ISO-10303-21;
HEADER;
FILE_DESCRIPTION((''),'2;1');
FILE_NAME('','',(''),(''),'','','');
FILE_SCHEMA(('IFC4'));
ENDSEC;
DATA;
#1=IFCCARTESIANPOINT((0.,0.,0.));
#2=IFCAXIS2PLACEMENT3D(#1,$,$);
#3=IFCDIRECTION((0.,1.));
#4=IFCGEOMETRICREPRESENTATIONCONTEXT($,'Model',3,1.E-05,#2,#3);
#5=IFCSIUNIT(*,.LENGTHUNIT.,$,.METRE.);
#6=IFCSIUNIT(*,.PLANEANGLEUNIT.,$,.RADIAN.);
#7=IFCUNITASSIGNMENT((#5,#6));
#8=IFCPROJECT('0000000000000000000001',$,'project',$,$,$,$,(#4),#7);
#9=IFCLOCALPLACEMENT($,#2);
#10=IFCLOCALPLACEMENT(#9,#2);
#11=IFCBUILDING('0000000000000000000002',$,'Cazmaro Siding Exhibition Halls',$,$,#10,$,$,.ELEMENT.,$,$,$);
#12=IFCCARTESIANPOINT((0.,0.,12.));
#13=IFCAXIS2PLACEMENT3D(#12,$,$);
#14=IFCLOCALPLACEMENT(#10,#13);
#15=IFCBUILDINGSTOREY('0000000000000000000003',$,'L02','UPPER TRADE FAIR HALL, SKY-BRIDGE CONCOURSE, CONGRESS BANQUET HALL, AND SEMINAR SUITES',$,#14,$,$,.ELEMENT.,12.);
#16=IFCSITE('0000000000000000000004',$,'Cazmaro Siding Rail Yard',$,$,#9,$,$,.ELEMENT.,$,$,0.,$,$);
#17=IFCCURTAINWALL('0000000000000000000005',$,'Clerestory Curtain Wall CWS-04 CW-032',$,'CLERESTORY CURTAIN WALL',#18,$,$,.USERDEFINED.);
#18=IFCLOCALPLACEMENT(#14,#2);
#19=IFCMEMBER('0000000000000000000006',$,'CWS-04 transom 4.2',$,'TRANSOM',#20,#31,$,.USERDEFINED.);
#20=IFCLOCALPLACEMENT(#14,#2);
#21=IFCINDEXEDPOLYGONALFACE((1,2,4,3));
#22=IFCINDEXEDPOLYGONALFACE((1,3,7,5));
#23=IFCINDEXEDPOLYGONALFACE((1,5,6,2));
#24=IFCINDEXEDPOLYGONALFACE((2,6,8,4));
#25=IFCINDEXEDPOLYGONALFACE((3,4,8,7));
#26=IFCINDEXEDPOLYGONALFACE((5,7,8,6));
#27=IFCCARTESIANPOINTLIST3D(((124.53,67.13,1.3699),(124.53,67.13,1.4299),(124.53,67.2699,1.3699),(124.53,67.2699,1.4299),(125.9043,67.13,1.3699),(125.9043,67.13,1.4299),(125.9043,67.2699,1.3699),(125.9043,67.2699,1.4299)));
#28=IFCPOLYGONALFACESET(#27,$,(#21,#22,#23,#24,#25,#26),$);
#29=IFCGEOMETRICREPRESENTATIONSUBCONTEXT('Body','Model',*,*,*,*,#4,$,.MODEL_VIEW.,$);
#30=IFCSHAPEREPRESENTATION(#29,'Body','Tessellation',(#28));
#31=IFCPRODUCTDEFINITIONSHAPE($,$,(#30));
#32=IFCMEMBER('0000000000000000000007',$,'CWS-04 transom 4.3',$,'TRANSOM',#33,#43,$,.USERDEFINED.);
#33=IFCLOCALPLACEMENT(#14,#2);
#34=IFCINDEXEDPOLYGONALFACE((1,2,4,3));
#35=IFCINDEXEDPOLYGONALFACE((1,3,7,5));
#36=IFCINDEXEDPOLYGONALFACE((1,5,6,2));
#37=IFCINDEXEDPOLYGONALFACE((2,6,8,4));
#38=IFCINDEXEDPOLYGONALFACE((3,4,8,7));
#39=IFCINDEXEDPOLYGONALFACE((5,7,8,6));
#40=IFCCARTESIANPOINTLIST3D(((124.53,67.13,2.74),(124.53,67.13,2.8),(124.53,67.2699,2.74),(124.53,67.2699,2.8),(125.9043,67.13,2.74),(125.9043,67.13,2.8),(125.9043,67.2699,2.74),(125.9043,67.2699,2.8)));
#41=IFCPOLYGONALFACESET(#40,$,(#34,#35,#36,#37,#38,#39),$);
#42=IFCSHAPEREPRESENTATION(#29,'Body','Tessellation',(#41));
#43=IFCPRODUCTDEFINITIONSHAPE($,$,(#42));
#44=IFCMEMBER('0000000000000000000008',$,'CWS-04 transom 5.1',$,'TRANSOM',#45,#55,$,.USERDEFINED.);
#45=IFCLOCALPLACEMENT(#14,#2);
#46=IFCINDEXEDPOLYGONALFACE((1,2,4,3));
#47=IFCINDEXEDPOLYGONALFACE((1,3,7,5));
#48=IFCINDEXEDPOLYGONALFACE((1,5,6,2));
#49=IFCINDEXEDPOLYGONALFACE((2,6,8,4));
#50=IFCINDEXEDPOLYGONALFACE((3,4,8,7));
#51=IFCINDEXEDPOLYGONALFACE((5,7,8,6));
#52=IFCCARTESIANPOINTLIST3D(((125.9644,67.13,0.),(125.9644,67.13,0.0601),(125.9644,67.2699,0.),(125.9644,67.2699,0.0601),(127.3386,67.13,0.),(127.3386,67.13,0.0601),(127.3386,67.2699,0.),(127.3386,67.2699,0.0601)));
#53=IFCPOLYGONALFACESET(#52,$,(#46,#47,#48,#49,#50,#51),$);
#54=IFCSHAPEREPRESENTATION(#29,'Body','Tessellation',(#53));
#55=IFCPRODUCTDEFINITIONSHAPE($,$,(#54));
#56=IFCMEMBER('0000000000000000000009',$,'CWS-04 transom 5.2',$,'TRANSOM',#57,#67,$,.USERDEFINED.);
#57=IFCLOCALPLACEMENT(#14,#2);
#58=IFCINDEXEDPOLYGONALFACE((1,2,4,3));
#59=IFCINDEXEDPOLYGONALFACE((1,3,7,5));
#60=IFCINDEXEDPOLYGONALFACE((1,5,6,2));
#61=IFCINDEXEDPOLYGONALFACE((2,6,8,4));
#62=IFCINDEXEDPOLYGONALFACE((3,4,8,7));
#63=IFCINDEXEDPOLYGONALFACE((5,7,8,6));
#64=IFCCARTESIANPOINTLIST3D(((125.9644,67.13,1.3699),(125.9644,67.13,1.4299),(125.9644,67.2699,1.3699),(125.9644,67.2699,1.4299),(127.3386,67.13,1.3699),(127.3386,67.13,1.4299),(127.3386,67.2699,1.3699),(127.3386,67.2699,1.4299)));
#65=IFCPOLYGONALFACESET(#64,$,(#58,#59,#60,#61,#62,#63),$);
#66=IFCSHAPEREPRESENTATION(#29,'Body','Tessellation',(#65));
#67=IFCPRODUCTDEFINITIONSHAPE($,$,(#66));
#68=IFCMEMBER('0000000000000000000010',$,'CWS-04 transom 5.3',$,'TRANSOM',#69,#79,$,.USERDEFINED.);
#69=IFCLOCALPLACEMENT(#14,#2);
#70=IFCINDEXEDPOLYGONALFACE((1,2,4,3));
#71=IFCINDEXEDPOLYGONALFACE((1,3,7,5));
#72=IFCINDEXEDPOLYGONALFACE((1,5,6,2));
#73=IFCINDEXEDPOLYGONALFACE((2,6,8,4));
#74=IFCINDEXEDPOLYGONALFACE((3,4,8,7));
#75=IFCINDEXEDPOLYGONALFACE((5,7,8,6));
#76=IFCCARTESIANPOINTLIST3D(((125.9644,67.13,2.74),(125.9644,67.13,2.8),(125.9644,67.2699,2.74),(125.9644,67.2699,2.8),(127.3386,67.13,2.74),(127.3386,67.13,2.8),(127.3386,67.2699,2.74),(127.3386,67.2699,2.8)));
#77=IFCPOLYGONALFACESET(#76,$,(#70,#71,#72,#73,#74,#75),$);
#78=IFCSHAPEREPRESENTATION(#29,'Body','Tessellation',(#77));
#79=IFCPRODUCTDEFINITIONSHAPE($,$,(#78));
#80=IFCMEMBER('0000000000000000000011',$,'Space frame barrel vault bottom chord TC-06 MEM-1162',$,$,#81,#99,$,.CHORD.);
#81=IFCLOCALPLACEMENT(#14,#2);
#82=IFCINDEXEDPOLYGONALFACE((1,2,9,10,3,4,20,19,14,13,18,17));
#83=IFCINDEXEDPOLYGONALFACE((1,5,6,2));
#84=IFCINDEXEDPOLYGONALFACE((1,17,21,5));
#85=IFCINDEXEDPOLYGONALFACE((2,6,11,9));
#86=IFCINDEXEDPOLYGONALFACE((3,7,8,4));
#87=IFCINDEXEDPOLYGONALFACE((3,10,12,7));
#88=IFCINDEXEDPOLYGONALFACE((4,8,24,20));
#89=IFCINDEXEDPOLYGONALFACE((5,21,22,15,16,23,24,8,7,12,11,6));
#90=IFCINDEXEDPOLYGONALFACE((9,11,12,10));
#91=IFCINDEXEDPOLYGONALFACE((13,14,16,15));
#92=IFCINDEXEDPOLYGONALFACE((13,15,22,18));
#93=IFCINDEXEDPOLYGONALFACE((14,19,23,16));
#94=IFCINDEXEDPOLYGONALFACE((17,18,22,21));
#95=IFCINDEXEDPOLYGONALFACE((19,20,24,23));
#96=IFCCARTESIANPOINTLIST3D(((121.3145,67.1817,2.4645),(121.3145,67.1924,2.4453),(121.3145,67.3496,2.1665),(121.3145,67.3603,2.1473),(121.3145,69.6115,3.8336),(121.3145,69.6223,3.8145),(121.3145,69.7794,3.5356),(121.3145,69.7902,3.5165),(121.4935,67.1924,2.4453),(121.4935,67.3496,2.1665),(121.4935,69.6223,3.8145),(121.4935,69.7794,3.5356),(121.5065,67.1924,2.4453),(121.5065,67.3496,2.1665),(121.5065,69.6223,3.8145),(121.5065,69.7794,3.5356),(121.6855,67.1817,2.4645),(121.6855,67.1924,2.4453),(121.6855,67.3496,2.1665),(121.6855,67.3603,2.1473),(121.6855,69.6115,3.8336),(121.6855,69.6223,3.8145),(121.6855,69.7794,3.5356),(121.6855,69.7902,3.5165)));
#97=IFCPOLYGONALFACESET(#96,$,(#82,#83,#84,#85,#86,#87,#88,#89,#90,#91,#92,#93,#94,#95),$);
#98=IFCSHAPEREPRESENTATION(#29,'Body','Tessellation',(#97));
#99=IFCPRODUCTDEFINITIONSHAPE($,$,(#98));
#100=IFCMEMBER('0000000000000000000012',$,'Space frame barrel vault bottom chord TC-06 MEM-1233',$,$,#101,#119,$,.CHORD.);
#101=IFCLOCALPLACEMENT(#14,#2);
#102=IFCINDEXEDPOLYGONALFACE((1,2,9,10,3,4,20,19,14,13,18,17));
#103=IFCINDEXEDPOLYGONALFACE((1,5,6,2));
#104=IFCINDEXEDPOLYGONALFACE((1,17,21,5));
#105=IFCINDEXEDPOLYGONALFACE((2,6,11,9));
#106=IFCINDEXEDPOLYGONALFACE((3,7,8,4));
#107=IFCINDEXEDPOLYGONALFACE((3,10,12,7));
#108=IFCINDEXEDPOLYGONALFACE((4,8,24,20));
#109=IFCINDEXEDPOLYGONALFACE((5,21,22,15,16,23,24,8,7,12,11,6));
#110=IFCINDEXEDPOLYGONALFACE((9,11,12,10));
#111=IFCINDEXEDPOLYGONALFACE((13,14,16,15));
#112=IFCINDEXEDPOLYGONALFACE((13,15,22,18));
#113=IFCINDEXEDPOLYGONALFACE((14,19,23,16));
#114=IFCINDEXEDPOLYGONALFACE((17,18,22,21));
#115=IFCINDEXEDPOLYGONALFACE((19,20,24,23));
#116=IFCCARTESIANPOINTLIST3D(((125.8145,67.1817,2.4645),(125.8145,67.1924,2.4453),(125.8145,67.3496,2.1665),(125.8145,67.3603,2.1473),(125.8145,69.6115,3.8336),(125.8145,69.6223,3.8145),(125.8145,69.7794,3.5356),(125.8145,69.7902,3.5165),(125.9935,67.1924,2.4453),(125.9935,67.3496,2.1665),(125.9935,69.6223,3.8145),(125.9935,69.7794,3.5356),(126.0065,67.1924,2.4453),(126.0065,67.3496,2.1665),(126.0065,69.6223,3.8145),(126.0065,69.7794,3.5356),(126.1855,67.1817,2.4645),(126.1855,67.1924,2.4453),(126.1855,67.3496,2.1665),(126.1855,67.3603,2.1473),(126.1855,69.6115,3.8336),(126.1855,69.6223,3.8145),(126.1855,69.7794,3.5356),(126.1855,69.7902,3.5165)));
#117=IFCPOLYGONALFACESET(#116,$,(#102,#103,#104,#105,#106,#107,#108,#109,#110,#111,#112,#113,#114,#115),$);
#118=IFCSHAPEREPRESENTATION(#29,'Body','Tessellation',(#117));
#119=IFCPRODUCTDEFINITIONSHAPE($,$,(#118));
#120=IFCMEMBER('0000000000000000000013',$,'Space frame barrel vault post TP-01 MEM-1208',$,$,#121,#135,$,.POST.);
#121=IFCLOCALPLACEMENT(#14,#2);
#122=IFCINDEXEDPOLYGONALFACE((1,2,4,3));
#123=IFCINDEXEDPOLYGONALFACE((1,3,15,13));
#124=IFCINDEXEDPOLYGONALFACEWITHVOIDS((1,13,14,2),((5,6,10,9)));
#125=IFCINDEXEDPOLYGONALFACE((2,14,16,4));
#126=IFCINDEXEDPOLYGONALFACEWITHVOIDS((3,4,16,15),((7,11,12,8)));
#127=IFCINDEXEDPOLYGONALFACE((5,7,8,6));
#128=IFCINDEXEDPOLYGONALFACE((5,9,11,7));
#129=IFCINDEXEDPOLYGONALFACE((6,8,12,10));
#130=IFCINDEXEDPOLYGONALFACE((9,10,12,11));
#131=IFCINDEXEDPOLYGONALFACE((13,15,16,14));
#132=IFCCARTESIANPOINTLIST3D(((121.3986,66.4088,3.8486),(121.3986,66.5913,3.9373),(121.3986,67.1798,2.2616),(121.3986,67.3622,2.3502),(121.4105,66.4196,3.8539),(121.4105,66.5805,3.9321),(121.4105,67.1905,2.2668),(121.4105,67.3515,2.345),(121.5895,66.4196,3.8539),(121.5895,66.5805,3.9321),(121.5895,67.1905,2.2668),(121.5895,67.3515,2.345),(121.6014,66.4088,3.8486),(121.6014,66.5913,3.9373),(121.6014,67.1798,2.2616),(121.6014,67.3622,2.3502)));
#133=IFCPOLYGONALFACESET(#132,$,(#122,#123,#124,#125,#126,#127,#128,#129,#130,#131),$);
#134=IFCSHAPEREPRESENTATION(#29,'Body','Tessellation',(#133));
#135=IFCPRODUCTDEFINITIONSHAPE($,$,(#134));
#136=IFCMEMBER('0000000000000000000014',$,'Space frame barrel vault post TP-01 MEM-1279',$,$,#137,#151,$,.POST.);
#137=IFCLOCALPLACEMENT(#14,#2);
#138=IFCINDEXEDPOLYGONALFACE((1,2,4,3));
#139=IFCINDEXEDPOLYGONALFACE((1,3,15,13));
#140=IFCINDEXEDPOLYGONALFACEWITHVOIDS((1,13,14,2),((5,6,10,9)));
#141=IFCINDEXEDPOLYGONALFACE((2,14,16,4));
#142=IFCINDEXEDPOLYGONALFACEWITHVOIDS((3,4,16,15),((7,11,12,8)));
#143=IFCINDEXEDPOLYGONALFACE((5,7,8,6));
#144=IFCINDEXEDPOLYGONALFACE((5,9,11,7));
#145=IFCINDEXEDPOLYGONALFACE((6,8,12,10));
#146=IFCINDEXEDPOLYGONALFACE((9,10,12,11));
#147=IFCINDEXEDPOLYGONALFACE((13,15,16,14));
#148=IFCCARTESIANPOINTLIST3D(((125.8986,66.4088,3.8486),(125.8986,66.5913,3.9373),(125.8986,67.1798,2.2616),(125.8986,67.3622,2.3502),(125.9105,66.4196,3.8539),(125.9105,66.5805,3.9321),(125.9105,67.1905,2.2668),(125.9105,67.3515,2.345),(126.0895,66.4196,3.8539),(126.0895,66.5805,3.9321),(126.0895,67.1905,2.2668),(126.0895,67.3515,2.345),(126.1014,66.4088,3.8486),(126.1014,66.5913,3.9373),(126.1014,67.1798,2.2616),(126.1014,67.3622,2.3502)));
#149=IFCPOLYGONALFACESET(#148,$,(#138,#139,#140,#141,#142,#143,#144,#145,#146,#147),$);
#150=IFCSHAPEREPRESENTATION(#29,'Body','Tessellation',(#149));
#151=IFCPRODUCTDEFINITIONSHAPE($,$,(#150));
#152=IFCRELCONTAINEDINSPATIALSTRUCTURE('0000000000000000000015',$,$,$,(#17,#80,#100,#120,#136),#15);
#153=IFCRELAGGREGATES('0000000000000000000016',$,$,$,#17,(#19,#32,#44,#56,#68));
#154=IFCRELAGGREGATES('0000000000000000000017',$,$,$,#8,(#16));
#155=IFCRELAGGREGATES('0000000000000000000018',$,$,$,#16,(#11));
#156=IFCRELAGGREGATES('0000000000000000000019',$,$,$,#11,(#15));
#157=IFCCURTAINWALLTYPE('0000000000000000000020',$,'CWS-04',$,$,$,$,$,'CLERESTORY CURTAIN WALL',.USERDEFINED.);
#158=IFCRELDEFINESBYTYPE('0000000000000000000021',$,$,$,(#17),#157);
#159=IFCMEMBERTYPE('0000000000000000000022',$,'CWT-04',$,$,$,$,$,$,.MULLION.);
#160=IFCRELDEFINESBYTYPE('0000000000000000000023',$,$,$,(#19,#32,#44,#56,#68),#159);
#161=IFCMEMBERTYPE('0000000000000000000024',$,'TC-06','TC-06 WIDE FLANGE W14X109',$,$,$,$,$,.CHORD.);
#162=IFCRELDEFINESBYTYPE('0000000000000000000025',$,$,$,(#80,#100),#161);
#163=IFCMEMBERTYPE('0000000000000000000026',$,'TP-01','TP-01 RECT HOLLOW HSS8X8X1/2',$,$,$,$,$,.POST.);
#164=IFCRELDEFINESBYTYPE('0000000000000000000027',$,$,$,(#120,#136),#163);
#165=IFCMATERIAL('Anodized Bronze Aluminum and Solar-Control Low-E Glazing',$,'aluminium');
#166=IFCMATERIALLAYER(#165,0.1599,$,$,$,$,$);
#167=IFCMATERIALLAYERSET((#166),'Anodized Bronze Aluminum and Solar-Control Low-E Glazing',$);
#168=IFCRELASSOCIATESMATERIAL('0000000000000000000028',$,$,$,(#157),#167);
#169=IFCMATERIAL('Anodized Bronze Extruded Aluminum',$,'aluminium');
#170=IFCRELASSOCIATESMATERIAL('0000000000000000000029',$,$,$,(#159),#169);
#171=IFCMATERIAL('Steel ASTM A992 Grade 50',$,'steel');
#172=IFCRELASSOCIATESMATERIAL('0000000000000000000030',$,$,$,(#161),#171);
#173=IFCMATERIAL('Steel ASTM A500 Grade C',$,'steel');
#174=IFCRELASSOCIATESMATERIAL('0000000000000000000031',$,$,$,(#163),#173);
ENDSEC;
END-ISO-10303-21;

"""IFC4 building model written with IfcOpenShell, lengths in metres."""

from ifc_helpers import new_model, si_unit, direction, frame, origin, origin_2d, place, context, subcontext, project, spatial, rectangle, hollow_rectangle, i_section, extrude, material, layer, layer_set, material_profile, profile_set, type_object, element, aggregate, save


model = new_model("IFC4")

# Units and contexts
model_context = context("Model", 3, precision=1e-05, world=origin(), true_north=direction((0.0, 1.0)))
body_context = subcontext(model_context, "Body", "Model", "MODEL_VIEW")
ifc_project = project(units=[si_unit("LENGTHUNIT", "METRE"), si_unit("PLANEANGLEUNIT", "RADIAN")], contexts=[model_context])

# Site, building, storey
site_placement = place(None, origin())
site = spatial("IfcSite", under=ifc_project, at=site_placement, Name="Cazmaro Siding Rail Yard", CompositionType="ELEMENT", RefElevation=0.0)
building_placement = place(site_placement, origin())
building = spatial("IfcBuilding", under=site, at=building_placement, Name="Cazmaro Siding Exhibition Halls", CompositionType="ELEMENT")
storey_placement = place(building_placement, frame((0.0, 0.0, 12.0)))
storey = spatial("IfcBuildingStorey", under=building, at=storey_placement, Name="L02", Description="UPPER TRADE FAIR HALL, SKY-BRIDGE CONCOURSE, CONGRESS BANQUET HALL, AND SEMINAR SUITES", CompositionType="ELEMENT", Elevation=12.0)

# Curtain wall, members
ifc_material_1 = material(Name="Anodized Bronze Aluminum and Solar-Control Low-E Glazing", Category="aluminium")
ifc_layer_1 = layer(ifc_material_1, 0.1599)
ifc_layer_set_1 = layer_set([ifc_layer_1], Name="Anodized Bronze Aluminum and Solar-Control Low-E Glazing")
curtain_wall_type = type_object("IfcCurtainWallType", Name="CWS-04", ElementType="CLERESTORY CURTAIN WALL", PredefinedType="USERDEFINED", material=ifc_layer_set_1)
curtain_wall_placement = place(storey_placement, origin())
curtain_wall = element("IfcCurtainWall", 1, at=curtain_wall_placement, inside=storey, type_object=curtain_wall_type, Name="Clerestory Curtain Wall CWS-04 CW-032", ObjectType="CLERESTORY CURTAIN WALL", PredefinedType="USERDEFINED")
ifc_material_2 = material(Name="Anodized Bronze Extruded Aluminum", Category="aluminium")
ifc_material_profile_1 = material_profile(ifc_material_2, rectangle(XDim=0.1399, YDim=0.0601, at=origin_2d()), Name="CWT-04")
ifc_profile_set_1 = profile_set([ifc_material_profile_1], Name="Anodized Bronze Extruded Aluminum")
member_type_1 = type_object("IfcMemberType", Name="CWT-04", PredefinedType="MULLION", material=ifc_profile_set_1)
member_1_placement = place(storey_placement, frame((124.53, 67.2, 1.3999), z_axis=(1.0, 0.0, 0.0), x_axis=(0.0, 1.0, 0.0)))
member_1 = element("IfcMember", 2, at=member_1_placement, type_object=member_type_1, Name="CWS-04 transom 4.2", ObjectType="TRANSOM", PredefinedType="USERDEFINED", context=body_context, shape_type="SweptSolid", body=[
    extrude(rectangle(XDim=0.1399, YDim=0.0601, at=origin_2d()), origin(), (0.0, 0.0, 1.0), 1.3743),
])
member_2_placement = place(storey_placement, frame((124.53, 67.2, 2.77), z_axis=(1.0, 0.0, 0.0), x_axis=(0.0, 1.0, 0.0)))
member_2 = element("IfcMember", 3, at=member_2_placement, type_object=member_type_1, Name="CWS-04 transom 4.3", ObjectType="TRANSOM", PredefinedType="USERDEFINED", context=body_context, shape_type="SweptSolid", body=[
    extrude(rectangle(XDim=0.1399, YDim=0.0601, at=origin_2d()), origin(), (0.0, 0.0, 1.0), 1.3743),
])
member_3_placement = place(storey_placement, frame((125.9644, 67.2, 0.03), z_axis=(1.0, 0.0, 0.0), x_axis=(0.0, 1.0, 0.0)))
member_3 = element("IfcMember", 4, at=member_3_placement, type_object=member_type_1, Name="CWS-04 transom 5.1", ObjectType="TRANSOM", PredefinedType="USERDEFINED", context=body_context, shape_type="SweptSolid", body=[
    extrude(rectangle(XDim=0.1399, YDim=0.0601, at=origin_2d()), origin(), (0.0, 0.0, 1.0), 1.3743),
])
member_4_placement = place(storey_placement, frame((125.9644, 67.2, 1.3999), z_axis=(1.0, 0.0, 0.0), x_axis=(0.0, 1.0, 0.0)))
member_4 = element("IfcMember", 5, at=member_4_placement, type_object=member_type_1, Name="CWS-04 transom 5.2", ObjectType="TRANSOM", PredefinedType="USERDEFINED", context=body_context, shape_type="SweptSolid", body=[
    extrude(rectangle(XDim=0.1399, YDim=0.0601, at=origin_2d()), origin(), (0.0, 0.0, 1.0), 1.3743),
])
member_5_placement = place(storey_placement, frame((125.9644, 67.2, 2.77), z_axis=(1.0, 0.0, 0.0), x_axis=(0.0, 1.0, 0.0)))
member_5 = element("IfcMember", 6, at=member_5_placement, type_object=member_type_1, Name="CWS-04 transom 5.3", ObjectType="TRANSOM", PredefinedType="USERDEFINED", context=body_context, shape_type="SweptSolid", body=[
    extrude(rectangle(XDim=0.1399, YDim=0.0601, at=origin_2d()), origin(), (0.0, 0.0, 1.0), 1.3743),
])

# Members
ifc_material_3 = material(Name="Steel ASTM A992 Grade 50", Category="steel")
ifc_material_profile_2 = material_profile(ifc_material_3, i_section(OverallWidth=0.3711, OverallDepth=0.364, WebThickness=0.0129, FlangeThickness=0.022, at=origin_2d()), Name="W14X109")
ifc_profile_set_2 = profile_set([ifc_material_profile_2], Name="Steel ASTM A992 Grade 50")
member_type_2 = type_object("IfcMemberType", Name="TC-06", Description="TC-06 WIDE FLANGE W14X109", PredefinedType="CHORD", material=ifc_profile_set_2)
for number, where, z_axis, x_axis, name in (
    (7, (121.5, 67.271, 2.3059), (0.0, 0.871222, 0.490889), (-1.0, 0.0, 0.0), "Space frame barrel vault bottom chord TC-06 MEM-1162"),
    (8, (126.0, 67.271, 2.3059), (0.0, 0.871222, 0.490889), (-1.0, 0.0, 0.0), "Space frame barrel vault bottom chord TC-06 MEM-1233"),
):
    element("IfcMember", number, at=place(storey_placement, frame(where, z_axis=z_axis, x_axis=x_axis)), inside=storey, type_object=member_type_2, Name=name, PredefinedType="CHORD", context=body_context, shape_type="SweptSolid", body=[
        extrude(i_section(OverallWidth=0.3711, OverallDepth=0.364, WebThickness=0.0129, FlangeThickness=0.022, at=origin_2d()), origin(), (0.0, 0.0, 1.0), 2.7891),
    ])
ifc_material_4 = material(Name="Steel ASTM A500 Grade C", Category="steel")
ifc_material_profile_3 = material_profile(ifc_material_4, hollow_rectangle(XDim=0.2029, YDim=0.2029, WallThickness=0.012, at=origin_2d()), Name="HSS8X8X1/2")
ifc_profile_set_3 = profile_set([ifc_material_profile_3], Name="Steel ASTM A500 Grade C")
member_type_3 = type_object("IfcMemberType", Name="TP-01", Description="TP-01 RECT HOLLOW HSS8X8X1/2", PredefinedType="POST", material=ifc_profile_set_3)
for number, where, z_axis, x_axis, name in (
    (9, (121.5, 67.271, 2.3059), (0.0, -0.436946, 0.899488), (1.0, 0.0, 0.0), "Space frame barrel vault post TP-01 MEM-1208"),
    (10, (126.0, 67.271, 2.3059), (0.0, -0.436946, 0.899488), (1.0, 0.0, 0.0), "Space frame barrel vault post TP-01 MEM-1279"),
):
    element("IfcMember", number, at=place(storey_placement, frame(where, z_axis=z_axis, x_axis=x_axis)), inside=storey, type_object=member_type_3, Name=name, PredefinedType="POST", context=body_context, shape_type="SweptSolid", body=[
        extrude(hollow_rectangle(XDim=0.2029, YDim=0.2029, WallThickness=0.012, at=origin_2d()), origin(), (0.0, 0.0, 1.0), 1.7644),
    ])

aggregate(curtain_wall, [member_1, member_2, member_3, member_4, member_5])

save(model, "model.ifc")
